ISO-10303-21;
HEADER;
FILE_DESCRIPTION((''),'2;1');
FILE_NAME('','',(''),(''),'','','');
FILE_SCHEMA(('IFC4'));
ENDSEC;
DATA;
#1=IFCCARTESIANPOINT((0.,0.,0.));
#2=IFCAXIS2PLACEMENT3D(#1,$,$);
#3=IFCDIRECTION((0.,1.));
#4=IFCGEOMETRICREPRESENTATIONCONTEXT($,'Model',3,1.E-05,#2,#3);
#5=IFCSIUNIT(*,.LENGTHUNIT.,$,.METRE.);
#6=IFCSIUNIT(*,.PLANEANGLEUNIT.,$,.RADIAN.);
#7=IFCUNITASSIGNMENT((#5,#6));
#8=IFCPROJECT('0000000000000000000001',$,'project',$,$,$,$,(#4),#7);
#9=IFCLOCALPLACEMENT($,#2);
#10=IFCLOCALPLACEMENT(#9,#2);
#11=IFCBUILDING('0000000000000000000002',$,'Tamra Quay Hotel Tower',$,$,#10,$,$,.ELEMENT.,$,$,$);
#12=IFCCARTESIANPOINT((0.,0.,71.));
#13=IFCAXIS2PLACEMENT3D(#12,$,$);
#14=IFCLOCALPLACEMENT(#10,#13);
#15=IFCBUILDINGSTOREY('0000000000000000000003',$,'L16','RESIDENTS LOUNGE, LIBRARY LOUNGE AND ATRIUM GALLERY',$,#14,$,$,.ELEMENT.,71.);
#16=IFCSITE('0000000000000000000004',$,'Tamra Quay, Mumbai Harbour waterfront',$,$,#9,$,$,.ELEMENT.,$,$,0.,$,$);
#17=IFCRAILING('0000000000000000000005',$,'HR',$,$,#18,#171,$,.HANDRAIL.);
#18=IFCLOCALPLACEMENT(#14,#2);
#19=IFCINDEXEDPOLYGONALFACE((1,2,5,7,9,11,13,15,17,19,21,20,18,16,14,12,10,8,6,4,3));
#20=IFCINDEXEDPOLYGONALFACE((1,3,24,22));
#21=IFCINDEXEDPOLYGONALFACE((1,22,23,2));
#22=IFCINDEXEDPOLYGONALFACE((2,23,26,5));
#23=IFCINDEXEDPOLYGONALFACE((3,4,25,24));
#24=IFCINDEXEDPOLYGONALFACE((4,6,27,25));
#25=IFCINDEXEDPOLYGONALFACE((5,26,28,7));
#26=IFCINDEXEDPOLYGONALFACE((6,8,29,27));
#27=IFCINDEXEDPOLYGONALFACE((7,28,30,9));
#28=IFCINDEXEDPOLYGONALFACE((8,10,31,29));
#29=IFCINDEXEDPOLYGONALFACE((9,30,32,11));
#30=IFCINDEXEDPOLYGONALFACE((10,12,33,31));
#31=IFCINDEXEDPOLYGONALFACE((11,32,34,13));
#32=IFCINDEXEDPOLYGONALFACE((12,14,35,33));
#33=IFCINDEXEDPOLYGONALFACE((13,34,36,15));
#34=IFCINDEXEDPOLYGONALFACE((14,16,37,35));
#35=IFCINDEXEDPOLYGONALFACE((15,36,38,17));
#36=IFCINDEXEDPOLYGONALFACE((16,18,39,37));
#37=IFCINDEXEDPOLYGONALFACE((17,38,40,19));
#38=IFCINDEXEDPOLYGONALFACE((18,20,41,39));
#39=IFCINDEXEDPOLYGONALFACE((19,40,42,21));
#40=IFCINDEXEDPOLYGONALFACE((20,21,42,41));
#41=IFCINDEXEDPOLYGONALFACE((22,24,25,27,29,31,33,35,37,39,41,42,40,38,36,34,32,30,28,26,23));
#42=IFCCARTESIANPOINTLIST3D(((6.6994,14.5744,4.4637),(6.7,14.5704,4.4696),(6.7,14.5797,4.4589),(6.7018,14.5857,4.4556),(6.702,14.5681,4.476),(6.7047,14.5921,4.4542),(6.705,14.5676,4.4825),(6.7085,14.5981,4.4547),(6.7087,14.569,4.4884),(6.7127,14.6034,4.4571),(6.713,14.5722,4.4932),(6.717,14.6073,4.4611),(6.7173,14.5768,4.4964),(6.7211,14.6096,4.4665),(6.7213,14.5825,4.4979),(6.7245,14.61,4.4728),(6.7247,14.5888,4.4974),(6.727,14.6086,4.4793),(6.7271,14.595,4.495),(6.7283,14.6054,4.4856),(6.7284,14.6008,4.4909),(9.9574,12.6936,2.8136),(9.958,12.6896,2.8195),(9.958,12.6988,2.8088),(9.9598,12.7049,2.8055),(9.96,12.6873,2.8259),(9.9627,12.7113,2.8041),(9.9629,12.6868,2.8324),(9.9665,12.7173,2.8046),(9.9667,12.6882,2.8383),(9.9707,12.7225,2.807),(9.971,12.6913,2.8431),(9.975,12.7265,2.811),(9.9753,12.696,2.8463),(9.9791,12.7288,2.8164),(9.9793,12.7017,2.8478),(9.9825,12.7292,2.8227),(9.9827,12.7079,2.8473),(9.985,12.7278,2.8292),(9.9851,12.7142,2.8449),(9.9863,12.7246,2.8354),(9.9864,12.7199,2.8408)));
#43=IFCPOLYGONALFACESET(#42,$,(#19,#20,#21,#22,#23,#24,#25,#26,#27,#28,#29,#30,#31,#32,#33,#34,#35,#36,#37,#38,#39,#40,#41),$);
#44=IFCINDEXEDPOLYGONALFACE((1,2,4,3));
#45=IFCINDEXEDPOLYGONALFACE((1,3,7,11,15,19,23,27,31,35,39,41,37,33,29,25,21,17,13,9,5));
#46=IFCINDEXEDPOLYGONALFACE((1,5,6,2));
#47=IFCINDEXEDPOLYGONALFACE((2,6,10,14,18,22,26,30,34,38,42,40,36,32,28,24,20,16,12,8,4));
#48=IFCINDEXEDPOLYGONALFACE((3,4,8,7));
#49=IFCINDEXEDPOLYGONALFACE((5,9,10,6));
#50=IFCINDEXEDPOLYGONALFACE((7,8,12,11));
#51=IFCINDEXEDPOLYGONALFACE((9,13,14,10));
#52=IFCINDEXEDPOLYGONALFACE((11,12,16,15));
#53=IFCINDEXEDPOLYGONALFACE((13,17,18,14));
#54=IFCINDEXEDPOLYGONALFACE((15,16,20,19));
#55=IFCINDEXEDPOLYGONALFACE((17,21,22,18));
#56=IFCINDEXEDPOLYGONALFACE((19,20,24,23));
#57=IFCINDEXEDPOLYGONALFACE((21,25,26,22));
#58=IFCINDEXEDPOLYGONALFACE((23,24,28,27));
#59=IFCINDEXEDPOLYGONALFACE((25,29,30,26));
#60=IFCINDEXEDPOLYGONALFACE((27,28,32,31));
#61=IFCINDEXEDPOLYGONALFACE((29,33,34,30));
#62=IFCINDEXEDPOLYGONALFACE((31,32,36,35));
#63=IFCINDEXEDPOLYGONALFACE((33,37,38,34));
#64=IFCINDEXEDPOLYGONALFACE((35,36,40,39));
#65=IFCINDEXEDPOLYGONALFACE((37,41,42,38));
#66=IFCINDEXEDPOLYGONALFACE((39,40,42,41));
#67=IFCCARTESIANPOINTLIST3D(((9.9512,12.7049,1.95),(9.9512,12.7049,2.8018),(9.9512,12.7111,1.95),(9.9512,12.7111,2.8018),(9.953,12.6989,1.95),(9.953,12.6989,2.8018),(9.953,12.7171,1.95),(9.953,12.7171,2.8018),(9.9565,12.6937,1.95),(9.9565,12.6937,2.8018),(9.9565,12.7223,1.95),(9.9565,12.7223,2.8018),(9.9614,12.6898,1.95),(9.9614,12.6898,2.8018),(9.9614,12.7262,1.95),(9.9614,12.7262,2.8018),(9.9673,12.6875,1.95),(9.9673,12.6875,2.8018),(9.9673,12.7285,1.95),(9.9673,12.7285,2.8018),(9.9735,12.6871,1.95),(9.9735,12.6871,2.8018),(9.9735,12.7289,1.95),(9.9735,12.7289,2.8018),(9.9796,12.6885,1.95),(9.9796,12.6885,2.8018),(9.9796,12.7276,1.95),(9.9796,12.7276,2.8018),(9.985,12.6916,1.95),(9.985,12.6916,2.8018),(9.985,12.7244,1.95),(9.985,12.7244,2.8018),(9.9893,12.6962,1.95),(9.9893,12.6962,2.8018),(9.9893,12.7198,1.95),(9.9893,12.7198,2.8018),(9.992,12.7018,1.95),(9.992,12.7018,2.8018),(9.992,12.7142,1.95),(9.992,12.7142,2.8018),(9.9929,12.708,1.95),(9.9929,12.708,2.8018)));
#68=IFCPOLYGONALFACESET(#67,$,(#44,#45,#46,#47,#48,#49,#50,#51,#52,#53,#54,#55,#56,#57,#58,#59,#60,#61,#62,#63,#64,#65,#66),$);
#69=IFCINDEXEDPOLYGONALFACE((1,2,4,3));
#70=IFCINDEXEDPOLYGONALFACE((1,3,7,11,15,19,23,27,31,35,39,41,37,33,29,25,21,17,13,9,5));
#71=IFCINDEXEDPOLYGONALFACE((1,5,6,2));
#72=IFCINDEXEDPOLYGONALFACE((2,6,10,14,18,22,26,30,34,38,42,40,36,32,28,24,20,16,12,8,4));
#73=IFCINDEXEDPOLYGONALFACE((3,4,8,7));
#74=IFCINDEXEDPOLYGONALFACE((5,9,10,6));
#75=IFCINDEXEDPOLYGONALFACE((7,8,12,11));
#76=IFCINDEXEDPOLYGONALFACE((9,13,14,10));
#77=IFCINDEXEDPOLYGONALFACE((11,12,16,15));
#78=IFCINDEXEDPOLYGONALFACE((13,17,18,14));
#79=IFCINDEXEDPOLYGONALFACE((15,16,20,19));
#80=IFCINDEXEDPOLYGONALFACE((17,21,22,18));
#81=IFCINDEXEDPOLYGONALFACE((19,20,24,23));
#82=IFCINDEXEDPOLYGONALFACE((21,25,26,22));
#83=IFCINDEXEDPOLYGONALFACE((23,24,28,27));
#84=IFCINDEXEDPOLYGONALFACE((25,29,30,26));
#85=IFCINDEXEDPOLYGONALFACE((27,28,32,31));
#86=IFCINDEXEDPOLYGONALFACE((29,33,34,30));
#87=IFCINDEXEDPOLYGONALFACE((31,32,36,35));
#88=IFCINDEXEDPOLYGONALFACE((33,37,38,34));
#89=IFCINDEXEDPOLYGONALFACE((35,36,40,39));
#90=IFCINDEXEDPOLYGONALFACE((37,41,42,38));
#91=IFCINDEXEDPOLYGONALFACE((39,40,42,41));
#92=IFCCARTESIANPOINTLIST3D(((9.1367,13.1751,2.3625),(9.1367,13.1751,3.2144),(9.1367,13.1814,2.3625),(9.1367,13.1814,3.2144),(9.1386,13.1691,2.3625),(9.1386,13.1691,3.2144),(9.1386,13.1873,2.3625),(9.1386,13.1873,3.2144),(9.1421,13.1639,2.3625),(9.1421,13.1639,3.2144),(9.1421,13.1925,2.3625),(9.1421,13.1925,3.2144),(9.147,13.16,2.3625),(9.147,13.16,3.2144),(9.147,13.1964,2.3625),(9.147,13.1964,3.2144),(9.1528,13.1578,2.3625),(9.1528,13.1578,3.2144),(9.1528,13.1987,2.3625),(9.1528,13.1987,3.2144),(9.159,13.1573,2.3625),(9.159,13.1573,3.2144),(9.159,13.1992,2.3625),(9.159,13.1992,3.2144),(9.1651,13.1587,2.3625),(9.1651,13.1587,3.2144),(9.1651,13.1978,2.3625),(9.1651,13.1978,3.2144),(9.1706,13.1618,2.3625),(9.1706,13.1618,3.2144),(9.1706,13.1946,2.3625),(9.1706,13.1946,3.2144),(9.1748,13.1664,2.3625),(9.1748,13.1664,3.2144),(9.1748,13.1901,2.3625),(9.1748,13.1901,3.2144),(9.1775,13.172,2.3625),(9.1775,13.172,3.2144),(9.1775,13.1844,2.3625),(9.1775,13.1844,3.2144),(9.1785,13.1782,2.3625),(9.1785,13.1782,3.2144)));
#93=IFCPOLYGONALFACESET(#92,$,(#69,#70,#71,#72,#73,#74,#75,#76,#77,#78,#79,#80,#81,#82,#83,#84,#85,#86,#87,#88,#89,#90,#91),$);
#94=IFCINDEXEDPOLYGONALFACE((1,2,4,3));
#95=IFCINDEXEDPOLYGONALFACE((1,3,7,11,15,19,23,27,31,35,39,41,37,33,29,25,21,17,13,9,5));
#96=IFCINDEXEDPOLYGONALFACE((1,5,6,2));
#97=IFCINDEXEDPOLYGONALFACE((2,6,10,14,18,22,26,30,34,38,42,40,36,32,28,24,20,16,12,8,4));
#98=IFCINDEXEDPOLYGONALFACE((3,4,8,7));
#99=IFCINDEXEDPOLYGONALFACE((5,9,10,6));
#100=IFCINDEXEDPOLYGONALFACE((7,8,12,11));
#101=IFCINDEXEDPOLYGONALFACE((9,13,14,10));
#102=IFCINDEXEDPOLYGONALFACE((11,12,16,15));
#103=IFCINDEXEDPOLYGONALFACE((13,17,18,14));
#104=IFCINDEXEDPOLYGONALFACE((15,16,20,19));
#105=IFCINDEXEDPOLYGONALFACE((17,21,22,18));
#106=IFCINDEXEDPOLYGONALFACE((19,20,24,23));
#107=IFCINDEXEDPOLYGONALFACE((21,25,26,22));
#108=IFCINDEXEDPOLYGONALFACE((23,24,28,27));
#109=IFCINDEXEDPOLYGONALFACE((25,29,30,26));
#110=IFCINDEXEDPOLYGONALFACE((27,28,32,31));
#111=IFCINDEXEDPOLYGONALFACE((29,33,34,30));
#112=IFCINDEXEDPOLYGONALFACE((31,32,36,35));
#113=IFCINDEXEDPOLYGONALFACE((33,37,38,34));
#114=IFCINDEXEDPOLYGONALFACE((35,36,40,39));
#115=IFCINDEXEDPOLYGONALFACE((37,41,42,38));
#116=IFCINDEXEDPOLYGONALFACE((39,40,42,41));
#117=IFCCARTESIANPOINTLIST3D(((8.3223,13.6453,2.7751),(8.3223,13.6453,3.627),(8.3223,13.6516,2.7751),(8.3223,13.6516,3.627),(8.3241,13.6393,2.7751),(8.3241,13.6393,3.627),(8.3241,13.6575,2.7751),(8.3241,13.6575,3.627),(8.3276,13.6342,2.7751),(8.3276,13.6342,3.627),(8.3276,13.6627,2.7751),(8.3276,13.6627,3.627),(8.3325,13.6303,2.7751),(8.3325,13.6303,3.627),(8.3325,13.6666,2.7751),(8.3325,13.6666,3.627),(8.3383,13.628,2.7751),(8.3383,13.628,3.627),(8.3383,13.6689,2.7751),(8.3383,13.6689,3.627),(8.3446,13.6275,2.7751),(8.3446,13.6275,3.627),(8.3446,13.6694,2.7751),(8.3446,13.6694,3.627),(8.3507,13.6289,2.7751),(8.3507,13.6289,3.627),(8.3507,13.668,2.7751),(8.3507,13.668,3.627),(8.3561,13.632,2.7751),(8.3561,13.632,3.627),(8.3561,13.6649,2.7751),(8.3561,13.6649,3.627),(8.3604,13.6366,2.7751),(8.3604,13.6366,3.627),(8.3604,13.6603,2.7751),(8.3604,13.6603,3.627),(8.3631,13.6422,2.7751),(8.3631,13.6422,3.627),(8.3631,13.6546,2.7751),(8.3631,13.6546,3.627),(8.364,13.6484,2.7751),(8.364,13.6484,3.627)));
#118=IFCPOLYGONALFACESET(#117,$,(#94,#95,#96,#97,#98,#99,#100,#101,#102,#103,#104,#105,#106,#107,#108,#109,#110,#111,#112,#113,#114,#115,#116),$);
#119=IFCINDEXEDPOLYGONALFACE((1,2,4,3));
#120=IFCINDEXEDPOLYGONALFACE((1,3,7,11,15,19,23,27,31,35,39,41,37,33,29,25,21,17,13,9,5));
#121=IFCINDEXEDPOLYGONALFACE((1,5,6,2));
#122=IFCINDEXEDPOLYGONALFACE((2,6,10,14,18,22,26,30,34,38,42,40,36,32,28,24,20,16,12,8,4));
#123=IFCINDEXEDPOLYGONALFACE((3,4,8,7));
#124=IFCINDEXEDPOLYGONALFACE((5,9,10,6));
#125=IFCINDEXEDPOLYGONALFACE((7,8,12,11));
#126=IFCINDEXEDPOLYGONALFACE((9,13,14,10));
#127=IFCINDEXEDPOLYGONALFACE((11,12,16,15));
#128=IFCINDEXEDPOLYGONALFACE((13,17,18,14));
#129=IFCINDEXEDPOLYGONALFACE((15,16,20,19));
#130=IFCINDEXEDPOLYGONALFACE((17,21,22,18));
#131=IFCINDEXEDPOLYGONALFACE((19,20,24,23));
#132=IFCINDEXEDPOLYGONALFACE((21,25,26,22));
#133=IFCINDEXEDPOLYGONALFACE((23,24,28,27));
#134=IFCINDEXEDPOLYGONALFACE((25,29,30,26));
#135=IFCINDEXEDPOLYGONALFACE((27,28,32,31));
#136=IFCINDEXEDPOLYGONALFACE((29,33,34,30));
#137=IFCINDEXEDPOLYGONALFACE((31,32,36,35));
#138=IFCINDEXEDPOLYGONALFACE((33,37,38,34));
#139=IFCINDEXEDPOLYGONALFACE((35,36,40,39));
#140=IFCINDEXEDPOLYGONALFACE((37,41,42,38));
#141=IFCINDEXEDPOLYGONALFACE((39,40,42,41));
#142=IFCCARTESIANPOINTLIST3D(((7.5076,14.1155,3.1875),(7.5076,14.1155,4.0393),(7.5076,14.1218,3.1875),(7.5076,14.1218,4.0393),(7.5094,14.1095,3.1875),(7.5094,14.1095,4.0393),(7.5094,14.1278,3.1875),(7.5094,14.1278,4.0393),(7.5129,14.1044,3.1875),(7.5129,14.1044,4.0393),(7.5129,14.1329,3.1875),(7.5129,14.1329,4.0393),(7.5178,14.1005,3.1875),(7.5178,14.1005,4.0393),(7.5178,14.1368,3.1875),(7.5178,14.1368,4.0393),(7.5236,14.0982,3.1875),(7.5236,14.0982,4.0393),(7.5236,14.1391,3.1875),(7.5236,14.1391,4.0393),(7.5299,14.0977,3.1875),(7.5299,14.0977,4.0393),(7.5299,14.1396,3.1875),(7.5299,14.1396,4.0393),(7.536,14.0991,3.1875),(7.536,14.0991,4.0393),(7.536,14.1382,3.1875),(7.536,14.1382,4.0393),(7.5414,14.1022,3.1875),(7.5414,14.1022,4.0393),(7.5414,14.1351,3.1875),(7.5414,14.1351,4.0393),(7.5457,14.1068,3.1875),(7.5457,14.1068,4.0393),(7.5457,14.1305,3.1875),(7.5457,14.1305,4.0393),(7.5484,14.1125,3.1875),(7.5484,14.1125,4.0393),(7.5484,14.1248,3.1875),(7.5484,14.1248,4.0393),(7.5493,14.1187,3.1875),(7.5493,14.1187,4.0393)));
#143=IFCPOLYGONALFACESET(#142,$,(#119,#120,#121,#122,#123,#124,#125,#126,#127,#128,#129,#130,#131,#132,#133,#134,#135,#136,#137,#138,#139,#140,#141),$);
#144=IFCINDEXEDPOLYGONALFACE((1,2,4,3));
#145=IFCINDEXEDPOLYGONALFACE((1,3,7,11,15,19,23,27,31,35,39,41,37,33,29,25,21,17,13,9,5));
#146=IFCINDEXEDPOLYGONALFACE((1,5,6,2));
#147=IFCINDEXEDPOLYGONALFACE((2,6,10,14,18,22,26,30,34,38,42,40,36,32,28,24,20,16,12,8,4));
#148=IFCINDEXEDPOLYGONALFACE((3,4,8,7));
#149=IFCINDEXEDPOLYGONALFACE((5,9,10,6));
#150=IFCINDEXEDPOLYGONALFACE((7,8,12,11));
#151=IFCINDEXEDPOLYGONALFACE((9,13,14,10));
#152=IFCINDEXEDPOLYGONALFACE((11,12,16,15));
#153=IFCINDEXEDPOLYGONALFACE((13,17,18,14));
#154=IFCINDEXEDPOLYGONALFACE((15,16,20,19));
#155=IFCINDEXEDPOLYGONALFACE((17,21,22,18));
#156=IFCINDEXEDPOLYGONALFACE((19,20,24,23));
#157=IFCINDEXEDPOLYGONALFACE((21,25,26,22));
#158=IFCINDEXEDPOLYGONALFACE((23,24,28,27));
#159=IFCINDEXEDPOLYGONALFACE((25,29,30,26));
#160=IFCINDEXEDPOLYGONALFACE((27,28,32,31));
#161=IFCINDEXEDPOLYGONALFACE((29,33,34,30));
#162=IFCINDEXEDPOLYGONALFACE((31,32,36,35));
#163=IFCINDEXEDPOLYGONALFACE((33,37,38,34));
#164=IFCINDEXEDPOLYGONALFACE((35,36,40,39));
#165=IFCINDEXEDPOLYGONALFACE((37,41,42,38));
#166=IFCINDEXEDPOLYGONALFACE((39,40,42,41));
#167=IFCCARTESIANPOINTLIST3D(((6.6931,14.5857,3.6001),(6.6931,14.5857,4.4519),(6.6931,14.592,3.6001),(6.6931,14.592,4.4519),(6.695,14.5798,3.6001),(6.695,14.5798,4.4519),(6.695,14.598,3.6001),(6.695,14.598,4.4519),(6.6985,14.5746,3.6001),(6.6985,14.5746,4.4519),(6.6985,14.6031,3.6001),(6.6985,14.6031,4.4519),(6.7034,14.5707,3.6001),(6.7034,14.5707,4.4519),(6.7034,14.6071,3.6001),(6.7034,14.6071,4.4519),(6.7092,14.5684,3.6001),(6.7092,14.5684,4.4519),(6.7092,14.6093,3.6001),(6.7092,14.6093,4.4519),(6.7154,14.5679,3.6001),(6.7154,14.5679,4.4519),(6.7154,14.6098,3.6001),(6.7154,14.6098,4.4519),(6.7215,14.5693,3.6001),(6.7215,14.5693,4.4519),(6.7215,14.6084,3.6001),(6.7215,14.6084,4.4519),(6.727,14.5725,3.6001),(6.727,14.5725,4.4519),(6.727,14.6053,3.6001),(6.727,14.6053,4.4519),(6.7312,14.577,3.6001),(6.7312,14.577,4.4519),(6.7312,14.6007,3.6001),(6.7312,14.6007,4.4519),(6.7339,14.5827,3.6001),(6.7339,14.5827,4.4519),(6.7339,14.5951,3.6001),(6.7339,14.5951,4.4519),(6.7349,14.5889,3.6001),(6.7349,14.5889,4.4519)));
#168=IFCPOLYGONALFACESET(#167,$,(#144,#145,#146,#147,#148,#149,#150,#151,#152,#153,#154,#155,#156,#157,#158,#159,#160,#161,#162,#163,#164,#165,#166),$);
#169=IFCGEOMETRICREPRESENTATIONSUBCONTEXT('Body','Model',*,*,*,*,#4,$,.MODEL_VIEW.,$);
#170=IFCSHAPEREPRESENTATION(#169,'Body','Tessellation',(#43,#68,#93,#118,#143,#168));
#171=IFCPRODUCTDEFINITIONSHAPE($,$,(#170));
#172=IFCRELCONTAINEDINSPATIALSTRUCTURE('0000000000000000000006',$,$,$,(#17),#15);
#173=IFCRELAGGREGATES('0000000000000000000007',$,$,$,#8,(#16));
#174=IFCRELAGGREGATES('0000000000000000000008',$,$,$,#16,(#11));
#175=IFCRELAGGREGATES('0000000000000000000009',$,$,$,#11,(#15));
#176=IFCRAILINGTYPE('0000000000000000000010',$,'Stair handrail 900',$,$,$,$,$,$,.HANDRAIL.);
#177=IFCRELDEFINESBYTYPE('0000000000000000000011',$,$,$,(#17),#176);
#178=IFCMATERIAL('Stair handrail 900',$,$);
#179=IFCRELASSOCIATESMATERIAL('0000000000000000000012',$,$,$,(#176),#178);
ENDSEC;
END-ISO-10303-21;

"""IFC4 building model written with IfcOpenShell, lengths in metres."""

from ifc_helpers import new_model, si_unit, direction, frame, origin, origin_2d, place, context, subcontext, project, spatial, circle, extrude, material, type_object, element, save


model = new_model("IFC4")

# Units and contexts
model_context = context("Model", 3, precision=1e-05, world=origin(), true_north=direction((0.0, 1.0)))
body_context = subcontext(model_context, "Body", "Model", "MODEL_VIEW")
ifc_project = project(units=[si_unit("LENGTHUNIT", "METRE"), si_unit("PLANEANGLEUNIT", "RADIAN")], contexts=[model_context])

# Site, building, storey
site_placement = place(None, origin())
site = spatial("IfcSite", under=ifc_project, at=site_placement, Name="Tamra Quay, Mumbai Harbour waterfront", CompositionType="ELEMENT", RefElevation=0.0)
building_placement = place(site_placement, origin())
building = spatial("IfcBuilding", under=site, at=building_placement, Name="Tamra Quay Hotel Tower", CompositionType="ELEMENT")
storey_placement = place(building_placement, frame((0.0, 0.0, 71.0)))
storey = spatial("IfcBuildingStorey", under=building, at=storey_placement, Name="L16", Description="RESIDENTS LOUNGE, LIBRARY LOUNGE AND ATRIUM GALLERY", CompositionType="ELEMENT", Elevation=71.0)

# Railing
ifc_material_1 = material(Name="Stair handrail 900")
railing_type_1 = type_object("IfcRailingType", Name="Stair handrail 900", PredefinedType="HANDRAIL", material=ifc_material_1)
railing_1_placement = place(storey_placement, frame((9.9719, 12.708, 1.95)))
element("IfcRailing", 1, at=railing_1_placement, inside=storey, type_object=railing_type_1, Name="HR", PredefinedType="HANDRAIL", context=body_context, shape_type="SweptSolid", body=[
    extrude(circle(Radius=0.0239, at=origin_2d()), frame((0.0, 0.0, 0.876), z_axis=(-0.793103, 0.457854, 0.401692), x_axis=(-0.499964, -0.866046, 0.0)), (0.0, 0.0, 1.0), 4.1079),
    extrude(circle(Radius=0.021, at=origin_2d()), origin(), (0.0, 0.0, 1.0), 0.8518),
    extrude(circle(Radius=0.021, at=origin_2d()), frame((-0.8145, 0.4702, 0.4126)), (0.0, 0.0, 1.0), 0.8518),
    extrude(circle(Radius=0.021, at=origin_2d()), frame((-1.6289, 0.9404, 0.8252)), (0.0, 0.0, 1.0), 0.8518),
    extrude(circle(Radius=0.021, at=origin_2d()), frame((-2.4436, 1.4106, 1.2375)), (0.0, 0.0, 1.0), 0.8518),
    extrude(circle(Radius=0.021, at=origin_2d()), frame((-3.2581, 1.8809, 1.6501)), (0.0, 0.0, 1.0), 0.8518),
])

save(model, "model.ifc")
